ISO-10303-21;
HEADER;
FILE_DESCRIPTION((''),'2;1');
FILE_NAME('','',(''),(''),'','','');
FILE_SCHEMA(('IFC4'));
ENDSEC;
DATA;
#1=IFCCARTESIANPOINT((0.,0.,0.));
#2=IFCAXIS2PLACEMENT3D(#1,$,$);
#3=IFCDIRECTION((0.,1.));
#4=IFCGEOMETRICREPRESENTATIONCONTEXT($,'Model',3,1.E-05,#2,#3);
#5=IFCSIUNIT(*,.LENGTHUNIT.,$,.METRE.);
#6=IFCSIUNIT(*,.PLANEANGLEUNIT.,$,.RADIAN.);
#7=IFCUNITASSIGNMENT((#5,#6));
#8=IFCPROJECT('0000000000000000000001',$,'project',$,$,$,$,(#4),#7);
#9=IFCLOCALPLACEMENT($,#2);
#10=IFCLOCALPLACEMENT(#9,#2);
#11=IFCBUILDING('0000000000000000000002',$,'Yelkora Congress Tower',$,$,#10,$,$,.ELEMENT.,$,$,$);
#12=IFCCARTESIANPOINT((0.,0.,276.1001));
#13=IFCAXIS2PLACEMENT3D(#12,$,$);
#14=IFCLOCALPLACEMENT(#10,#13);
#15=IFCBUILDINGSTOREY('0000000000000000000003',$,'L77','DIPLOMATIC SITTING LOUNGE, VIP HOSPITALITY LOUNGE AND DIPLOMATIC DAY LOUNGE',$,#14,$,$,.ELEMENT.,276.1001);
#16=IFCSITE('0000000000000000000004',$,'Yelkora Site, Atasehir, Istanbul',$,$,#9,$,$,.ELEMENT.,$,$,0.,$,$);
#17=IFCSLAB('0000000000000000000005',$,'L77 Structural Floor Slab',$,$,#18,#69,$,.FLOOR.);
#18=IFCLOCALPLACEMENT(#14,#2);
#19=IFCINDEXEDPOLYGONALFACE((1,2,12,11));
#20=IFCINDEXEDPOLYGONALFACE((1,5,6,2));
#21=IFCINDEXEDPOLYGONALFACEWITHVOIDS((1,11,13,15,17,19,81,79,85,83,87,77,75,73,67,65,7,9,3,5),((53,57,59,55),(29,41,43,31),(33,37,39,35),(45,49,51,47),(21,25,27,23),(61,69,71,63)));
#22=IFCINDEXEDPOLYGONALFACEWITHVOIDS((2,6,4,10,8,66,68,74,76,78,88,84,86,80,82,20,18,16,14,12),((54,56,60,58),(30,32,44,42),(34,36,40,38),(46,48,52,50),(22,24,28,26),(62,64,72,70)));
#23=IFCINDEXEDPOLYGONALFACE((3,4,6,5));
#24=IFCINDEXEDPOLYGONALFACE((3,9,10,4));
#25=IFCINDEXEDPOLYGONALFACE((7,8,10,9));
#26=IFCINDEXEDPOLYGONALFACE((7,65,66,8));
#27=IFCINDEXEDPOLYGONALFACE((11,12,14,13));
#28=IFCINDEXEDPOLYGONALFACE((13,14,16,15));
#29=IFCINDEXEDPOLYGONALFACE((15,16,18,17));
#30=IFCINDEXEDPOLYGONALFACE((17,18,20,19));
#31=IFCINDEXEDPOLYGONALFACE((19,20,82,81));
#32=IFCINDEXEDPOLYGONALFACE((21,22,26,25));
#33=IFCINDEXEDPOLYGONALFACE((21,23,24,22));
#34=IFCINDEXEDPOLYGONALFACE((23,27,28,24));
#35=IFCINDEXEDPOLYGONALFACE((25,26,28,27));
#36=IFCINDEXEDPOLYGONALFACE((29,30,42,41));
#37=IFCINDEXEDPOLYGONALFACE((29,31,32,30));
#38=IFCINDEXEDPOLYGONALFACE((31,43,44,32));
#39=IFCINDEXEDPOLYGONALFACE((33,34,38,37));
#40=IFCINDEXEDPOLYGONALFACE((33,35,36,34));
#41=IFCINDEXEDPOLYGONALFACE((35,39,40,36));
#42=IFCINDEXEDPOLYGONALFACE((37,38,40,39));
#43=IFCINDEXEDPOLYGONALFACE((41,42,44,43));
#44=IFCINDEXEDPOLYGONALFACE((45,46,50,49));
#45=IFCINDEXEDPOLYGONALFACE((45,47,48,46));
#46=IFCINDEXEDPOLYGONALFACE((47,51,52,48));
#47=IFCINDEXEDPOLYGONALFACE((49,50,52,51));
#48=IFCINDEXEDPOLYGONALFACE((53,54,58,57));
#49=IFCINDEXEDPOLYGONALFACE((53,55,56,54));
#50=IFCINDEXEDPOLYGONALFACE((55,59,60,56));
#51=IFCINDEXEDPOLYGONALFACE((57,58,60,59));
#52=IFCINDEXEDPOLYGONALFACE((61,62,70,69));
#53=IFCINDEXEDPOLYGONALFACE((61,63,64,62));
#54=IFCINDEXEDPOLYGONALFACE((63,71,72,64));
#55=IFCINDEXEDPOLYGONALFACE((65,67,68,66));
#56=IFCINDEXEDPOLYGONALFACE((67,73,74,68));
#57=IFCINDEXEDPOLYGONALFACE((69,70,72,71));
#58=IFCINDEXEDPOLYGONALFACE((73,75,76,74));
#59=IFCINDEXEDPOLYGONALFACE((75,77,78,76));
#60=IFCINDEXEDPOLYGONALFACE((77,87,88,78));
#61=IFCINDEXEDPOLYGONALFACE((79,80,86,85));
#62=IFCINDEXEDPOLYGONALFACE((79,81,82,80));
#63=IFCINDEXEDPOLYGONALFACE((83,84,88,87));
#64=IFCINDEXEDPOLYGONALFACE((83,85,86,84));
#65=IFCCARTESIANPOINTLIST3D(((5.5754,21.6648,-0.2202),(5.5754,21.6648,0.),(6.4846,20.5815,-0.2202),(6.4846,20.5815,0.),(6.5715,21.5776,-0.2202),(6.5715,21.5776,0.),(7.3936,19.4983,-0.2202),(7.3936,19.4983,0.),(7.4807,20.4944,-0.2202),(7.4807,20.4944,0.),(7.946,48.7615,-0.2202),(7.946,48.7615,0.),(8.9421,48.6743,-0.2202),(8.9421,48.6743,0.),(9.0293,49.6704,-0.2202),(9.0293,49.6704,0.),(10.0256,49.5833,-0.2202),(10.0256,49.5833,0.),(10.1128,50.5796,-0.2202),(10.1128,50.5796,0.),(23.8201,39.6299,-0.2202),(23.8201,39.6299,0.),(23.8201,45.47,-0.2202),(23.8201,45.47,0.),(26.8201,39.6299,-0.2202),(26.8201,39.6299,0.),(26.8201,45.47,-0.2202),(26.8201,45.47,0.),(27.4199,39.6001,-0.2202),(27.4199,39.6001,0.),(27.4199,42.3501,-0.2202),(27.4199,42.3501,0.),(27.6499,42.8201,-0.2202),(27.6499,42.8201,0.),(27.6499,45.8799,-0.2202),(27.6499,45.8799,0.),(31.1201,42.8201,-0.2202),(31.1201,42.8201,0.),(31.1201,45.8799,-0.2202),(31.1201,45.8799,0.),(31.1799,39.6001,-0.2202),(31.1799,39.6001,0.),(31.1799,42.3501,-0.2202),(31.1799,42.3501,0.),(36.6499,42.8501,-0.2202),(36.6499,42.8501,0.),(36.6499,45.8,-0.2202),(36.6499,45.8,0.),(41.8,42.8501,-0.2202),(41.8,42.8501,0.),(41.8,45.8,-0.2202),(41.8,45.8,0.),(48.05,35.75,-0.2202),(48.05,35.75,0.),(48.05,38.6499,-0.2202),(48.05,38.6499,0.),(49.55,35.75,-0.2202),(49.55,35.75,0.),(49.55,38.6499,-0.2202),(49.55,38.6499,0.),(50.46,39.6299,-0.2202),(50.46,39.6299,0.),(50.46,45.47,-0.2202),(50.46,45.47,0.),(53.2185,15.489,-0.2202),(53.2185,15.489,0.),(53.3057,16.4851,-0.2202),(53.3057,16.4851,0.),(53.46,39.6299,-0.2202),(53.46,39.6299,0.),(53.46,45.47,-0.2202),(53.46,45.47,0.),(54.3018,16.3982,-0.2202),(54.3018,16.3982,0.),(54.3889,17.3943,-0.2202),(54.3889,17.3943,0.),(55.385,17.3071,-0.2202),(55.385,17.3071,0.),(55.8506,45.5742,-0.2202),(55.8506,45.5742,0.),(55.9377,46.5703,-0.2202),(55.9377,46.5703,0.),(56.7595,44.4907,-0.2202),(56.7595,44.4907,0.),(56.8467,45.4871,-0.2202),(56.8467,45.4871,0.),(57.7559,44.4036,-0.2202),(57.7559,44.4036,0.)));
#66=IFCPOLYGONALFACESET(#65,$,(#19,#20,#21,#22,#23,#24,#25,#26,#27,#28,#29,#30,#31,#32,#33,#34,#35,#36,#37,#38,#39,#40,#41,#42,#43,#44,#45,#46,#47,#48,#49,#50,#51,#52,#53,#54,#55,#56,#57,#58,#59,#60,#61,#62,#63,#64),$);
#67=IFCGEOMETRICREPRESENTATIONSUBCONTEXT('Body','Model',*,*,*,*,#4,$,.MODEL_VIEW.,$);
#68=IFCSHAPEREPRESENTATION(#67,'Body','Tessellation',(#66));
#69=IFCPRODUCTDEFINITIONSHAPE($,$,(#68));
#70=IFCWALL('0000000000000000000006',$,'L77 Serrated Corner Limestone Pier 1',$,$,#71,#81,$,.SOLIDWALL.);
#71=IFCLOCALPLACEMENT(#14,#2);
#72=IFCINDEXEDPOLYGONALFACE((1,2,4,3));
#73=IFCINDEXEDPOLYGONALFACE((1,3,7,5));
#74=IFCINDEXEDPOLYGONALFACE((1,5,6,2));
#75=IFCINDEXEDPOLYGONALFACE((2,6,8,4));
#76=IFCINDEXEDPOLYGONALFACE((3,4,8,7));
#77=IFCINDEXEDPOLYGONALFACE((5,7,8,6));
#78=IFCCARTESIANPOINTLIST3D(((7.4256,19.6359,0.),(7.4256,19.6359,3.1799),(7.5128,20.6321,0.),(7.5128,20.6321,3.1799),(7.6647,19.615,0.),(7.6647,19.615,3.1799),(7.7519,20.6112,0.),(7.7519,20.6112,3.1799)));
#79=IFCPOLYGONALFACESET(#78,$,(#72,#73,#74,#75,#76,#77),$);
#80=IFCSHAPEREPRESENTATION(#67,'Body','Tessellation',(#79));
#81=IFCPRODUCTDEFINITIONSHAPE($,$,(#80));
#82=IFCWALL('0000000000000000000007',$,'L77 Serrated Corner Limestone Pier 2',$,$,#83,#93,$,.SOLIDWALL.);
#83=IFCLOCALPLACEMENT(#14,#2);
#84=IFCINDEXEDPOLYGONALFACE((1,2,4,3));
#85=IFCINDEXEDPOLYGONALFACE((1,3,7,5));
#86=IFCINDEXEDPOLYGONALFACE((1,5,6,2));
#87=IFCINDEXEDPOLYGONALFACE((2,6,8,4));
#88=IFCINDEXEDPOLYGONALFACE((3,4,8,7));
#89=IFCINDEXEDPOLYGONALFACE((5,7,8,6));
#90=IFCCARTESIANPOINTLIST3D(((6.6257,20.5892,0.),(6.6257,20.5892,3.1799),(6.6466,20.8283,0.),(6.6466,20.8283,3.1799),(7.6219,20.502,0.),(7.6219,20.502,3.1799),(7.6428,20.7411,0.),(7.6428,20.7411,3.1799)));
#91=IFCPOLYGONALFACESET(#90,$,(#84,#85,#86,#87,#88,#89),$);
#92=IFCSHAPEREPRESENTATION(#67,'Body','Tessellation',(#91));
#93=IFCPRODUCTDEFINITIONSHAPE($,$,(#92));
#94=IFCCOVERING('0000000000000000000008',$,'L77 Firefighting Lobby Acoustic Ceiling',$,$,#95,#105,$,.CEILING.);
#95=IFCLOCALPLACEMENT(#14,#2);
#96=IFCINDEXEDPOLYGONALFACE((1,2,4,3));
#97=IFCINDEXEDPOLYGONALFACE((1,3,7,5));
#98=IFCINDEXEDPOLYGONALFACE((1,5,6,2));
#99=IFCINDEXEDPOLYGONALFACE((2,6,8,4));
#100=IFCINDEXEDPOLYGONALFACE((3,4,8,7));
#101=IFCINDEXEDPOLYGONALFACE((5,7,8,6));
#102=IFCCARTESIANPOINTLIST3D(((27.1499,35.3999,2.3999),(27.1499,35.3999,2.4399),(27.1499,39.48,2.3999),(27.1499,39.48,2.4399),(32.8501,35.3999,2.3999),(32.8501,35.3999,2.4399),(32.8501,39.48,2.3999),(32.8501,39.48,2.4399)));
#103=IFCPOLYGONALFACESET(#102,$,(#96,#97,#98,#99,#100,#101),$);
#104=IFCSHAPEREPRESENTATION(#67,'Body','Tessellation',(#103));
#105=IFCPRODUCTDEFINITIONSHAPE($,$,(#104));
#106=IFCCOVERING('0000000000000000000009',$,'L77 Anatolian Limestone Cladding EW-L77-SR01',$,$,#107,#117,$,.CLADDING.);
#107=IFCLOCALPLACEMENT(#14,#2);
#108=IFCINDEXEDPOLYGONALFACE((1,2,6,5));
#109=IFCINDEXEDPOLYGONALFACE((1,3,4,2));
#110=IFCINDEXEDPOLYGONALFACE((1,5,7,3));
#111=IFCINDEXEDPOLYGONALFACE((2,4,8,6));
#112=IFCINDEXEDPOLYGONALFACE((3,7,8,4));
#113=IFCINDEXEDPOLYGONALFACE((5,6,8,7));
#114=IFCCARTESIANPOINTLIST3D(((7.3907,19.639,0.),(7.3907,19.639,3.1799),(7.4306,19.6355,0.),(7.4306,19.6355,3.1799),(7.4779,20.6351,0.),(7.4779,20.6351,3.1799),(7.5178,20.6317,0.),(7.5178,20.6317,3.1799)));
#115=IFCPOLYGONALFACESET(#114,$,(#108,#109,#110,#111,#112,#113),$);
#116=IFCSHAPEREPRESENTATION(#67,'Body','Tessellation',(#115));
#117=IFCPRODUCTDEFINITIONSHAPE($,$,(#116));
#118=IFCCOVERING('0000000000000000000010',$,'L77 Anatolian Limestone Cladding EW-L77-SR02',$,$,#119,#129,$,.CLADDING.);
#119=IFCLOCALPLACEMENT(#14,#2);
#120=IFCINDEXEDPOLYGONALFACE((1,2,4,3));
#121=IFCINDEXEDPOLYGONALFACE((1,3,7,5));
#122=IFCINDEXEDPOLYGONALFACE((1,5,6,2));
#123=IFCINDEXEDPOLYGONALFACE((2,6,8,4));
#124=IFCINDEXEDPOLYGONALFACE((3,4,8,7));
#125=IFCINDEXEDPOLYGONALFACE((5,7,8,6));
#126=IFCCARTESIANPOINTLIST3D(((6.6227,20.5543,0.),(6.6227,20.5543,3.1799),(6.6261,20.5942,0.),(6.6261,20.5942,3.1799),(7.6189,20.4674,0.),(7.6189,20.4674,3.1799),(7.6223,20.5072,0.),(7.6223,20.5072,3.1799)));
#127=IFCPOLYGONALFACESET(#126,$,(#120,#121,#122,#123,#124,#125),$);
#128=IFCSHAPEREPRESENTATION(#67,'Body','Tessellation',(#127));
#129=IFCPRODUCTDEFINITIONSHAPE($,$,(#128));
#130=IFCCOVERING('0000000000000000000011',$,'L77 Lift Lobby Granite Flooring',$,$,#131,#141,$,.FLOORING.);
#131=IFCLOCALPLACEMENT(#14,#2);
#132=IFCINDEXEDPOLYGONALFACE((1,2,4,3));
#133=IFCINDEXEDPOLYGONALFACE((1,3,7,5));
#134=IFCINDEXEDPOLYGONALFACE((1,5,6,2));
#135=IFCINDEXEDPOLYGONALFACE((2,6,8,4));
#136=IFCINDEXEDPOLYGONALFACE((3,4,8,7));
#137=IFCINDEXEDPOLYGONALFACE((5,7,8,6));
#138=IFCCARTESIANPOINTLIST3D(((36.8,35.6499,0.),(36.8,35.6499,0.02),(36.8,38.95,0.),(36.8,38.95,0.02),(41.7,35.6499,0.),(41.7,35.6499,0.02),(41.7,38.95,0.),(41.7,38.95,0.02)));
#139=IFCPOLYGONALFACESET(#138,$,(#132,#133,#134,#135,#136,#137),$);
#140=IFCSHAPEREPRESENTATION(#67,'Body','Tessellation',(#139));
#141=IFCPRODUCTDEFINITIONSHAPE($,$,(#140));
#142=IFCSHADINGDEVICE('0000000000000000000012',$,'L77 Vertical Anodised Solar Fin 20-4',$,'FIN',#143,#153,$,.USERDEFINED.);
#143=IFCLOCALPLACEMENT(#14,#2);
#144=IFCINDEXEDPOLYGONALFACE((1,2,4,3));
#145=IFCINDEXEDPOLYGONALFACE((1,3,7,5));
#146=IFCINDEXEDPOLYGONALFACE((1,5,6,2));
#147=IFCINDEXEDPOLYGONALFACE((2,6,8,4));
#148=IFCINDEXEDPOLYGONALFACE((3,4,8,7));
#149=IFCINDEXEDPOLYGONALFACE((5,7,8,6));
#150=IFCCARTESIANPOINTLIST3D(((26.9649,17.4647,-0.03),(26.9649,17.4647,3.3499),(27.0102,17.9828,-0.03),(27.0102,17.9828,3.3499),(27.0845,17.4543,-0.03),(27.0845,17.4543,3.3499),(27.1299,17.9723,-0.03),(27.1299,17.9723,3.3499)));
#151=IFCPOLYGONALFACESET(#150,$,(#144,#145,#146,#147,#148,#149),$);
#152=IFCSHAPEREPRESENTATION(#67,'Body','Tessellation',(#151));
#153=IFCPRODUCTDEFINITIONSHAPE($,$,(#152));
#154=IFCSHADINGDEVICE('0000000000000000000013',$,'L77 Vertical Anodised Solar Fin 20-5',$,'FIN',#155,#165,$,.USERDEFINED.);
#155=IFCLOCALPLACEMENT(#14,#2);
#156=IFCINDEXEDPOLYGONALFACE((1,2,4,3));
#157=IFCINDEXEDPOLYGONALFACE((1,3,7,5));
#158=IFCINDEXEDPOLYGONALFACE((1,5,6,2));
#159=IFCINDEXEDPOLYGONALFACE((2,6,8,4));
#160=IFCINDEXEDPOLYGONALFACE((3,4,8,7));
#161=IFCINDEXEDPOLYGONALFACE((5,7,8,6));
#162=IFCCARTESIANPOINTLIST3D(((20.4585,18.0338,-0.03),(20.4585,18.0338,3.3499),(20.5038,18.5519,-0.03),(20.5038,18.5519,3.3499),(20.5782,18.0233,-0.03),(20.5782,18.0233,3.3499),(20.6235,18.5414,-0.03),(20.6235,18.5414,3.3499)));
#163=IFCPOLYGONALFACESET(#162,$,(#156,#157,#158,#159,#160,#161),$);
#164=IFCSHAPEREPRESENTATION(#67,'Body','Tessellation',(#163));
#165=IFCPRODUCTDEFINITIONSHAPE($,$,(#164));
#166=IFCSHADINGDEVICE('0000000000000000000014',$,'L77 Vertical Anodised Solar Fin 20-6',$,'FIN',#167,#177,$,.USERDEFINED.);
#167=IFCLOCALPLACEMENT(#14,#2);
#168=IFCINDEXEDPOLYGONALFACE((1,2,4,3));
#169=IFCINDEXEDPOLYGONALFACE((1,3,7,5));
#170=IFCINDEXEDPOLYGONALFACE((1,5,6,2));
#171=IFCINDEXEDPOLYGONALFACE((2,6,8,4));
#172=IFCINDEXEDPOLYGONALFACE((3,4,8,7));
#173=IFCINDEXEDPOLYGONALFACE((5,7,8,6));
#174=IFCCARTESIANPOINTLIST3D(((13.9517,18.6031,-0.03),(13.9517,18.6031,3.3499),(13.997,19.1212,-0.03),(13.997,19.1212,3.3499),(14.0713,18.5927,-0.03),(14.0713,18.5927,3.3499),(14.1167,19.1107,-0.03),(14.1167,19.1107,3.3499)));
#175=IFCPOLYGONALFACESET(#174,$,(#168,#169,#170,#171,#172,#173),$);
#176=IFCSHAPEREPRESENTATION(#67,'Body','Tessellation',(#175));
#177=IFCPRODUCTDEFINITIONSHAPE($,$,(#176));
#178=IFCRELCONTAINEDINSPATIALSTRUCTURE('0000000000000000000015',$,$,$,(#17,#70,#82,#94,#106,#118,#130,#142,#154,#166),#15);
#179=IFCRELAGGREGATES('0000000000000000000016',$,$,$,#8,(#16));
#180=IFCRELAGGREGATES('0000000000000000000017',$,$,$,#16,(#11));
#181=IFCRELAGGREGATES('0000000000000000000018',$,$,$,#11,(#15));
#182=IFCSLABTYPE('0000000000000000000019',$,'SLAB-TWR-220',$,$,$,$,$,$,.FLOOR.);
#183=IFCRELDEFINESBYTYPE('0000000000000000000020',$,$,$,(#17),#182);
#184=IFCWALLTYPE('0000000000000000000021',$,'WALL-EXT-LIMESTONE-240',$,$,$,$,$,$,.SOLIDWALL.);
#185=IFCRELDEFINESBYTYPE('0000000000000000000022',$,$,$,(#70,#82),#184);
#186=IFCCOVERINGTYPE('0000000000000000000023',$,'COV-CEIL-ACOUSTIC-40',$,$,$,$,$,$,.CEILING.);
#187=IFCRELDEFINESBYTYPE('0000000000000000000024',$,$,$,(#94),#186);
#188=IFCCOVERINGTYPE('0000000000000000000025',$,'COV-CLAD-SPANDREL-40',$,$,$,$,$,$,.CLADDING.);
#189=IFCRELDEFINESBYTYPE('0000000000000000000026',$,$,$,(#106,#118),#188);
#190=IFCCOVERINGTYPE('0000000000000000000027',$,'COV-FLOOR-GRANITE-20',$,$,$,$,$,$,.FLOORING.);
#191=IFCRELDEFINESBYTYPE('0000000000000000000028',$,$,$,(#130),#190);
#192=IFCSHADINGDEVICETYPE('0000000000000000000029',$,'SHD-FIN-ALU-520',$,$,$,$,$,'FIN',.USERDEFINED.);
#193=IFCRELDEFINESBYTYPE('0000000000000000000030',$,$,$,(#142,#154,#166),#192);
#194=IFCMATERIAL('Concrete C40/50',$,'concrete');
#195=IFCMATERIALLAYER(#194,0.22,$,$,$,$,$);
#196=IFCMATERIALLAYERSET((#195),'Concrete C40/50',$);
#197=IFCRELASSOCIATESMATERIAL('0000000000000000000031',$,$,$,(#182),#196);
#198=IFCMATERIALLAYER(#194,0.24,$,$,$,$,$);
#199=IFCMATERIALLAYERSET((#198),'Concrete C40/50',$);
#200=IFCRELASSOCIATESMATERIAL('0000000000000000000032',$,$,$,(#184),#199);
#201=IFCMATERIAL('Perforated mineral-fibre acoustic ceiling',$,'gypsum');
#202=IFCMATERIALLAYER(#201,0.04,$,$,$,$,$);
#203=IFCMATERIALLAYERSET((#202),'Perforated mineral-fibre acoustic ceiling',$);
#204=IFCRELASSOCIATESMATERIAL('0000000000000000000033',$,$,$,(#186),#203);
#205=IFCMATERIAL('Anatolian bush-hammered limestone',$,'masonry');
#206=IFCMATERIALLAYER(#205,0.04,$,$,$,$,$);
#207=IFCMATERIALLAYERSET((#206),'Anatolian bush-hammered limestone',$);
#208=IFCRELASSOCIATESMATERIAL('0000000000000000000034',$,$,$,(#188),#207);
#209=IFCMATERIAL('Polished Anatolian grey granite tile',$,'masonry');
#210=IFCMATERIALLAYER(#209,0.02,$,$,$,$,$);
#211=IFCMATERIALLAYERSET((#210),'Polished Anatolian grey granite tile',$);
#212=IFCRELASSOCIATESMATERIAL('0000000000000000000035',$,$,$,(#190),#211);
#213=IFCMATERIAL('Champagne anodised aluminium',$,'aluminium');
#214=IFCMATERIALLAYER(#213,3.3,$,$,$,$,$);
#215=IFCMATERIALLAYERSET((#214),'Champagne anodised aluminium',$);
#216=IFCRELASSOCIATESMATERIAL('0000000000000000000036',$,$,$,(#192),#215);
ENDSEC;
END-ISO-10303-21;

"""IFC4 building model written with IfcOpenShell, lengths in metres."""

from ifc_helpers import new_model, si_unit, direction, frame, frame_2d, origin, origin_2d, place, context, subcontext, project, spatial, polyline, rectangle, outline, extrude, material, layer, layer_set, type_object, element, save


model = new_model("IFC4")

# Units and contexts
model_context = context("Model", 3, precision=1e-05, world=origin(), true_north=direction((0.0, 1.0)))
body_context = subcontext(model_context, "Body", "Model", "MODEL_VIEW")
ifc_project = project(units=[si_unit("LENGTHUNIT", "METRE"), si_unit("PLANEANGLEUNIT", "RADIAN")], contexts=[model_context])

# Site, building, storey
site_placement = place(None, origin())
site = spatial("IfcSite", under=ifc_project, at=site_placement, Name="Yelkora Site, Atasehir, Istanbul", CompositionType="ELEMENT", RefElevation=0.0)
building_placement = place(site_placement, origin())
building = spatial("IfcBuilding", under=site, at=building_placement, Name="Yelkora Congress Tower", CompositionType="ELEMENT")
storey_placement = place(building_placement, frame((0.0, 0.0, 276.1001)))
storey = spatial("IfcBuildingStorey", under=building, at=storey_placement, Name="L77", Description="DIPLOMATIC SITTING LOUNGE, VIP HOSPITALITY LOUNGE AND DIPLOMATIC DAY LOUNGE", CompositionType="ELEMENT", Elevation=276.1001)

# Shared definitions
ifc_material_1 = material(Name="Concrete C40/50", Category="concrete")

# Slab
ifc_layer_1 = layer(ifc_material_1, 0.22)
ifc_layer_set_1 = layer_set([ifc_layer_1], Name="Concrete C40/50")
slab_type_1 = type_object("IfcSlabType", Name="SLAB-TWR-220", PredefinedType="FLOOR", material=ifc_layer_set_1)
slab_1_placement = place(storey_placement, frame((0.0, 0.0, -0.2202)))
element("IfcSlab", 1, at=slab_1_placement, inside=storey, type_object=slab_type_1, Name="L77 Structural Floor Slab", PredefinedType="FLOOR", context=body_context, shape_type="SweptSolid", body=[
    extrude(outline(polyline([(7.3936, 19.4983), (53.2185, 15.489), (53.3057, 16.4851), (54.3018, 16.3982), (54.3889, 17.3943), (55.385, 17.3071), (57.7559, 44.4036), (56.7595, 44.4907), (56.8467, 45.4871), (55.8506, 45.5742), (55.9377, 46.5703), (10.1128, 50.5796), (10.0256, 49.5833), (9.0293, 49.6704), (8.9421, 48.6743), (7.946, 48.7615), (5.5754, 21.6648), (6.5715, 21.5776), (6.4846, 20.5815), (7.4807, 20.4944), (7.3936, 19.4983)]), holes=[polyline([(23.8201, 39.6299), (26.8201, 39.6299), (26.8201, 45.47), (23.8201, 45.47), (23.8201, 39.6299)]), polyline([(50.46, 39.6299), (53.46, 39.6299), (53.46, 45.47), (50.46, 45.47), (50.46, 39.6299)]), polyline([(48.05, 35.75), (49.55, 35.75), (49.55, 38.6499), (48.05, 38.6499), (48.05, 35.75)]), polyline([(36.6499, 42.8501), (41.8, 42.8501), (41.8, 45.8), (36.6499, 45.8), (36.6499, 42.8501)]), polyline([(27.4199, 39.6001), (31.1799, 39.6001), (31.1799, 42.3501), (27.4199, 42.3501), (27.4199, 39.6001)]), polyline([(27.6499, 42.8201), (31.1201, 42.8201), (31.1201, 45.8799), (27.6499, 45.8799), (27.6499, 42.8201)])]), origin(), (0.0, 0.0, 1.0), 0.2202),
])

# Walls
ifc_layer_2 = layer(ifc_material_1, 0.24)
ifc_layer_set_2 = layer_set([ifc_layer_2], Name="Concrete C40/50")
wall_type = type_object("IfcWallType", Name="WALL-EXT-LIMESTONE-240", PredefinedType="SOLIDWALL", material=ifc_layer_set_2)
for number, where, z_axis, x_axis, name in (
    (2, (7.5452, 19.6255, 0.0), (0.0, 0.0, 1.0), (0.087167, 0.996194, 0.0), "L77 Serrated Corner Limestone Pier 1"),
    (3, (7.6323, 20.6216, 0.0), (0.0, 0.0, 1.0), (-0.996194, 0.087167, 0.0), "L77 Serrated Corner Limestone Pier 2"),
):
    element("IfcWall", number, at=place(storey_placement, frame(where, z_axis=z_axis, x_axis=x_axis)), inside=storey, type_object=wall_type, Name=name, PredefinedType="SOLIDWALL", context=body_context, shape_type="SweptSolid", body=[
        extrude(rectangle(XDim=1.0, YDim=0.24, at=frame_2d((0.5, 0.0))), origin(), (0.0, 0.0, 1.0), 3.1799),
    ])

# Coverings
ifc_material_2 = material(Name="Perforated mineral-fibre acoustic ceiling", Category="gypsum")
ifc_layer_3 = layer(ifc_material_2, 0.04)
ifc_layer_set_3 = layer_set([ifc_layer_3], Name="Perforated mineral-fibre acoustic ceiling")
covering_type_1 = type_object("IfcCoveringType", Name="COV-CEIL-ACOUSTIC-40", PredefinedType="CEILING", material=ifc_layer_set_3)
covering_1_placement = place(storey_placement, frame((0.0, 0.0, 2.3999)))
element("IfcCovering", 4, at=covering_1_placement, inside=storey, type_object=covering_type_1, Name="L77 Firefighting Lobby Acoustic Ceiling", PredefinedType="CEILING", context=body_context, shape_type="SweptSolid", body=[
    extrude(outline(polyline([(27.1499, 35.3999), (32.8501, 35.3999), (32.8501, 39.48), (27.1499, 39.48), (27.1499, 35.3999)])), origin(), (0.0, 0.0, 1.0), 0.04),
])
ifc_material_3 = material(Name="Anatolian bush-hammered limestone", Category="masonry")
ifc_layer_4 = layer(ifc_material_3, 0.04)
ifc_layer_set_4 = layer_set([ifc_layer_4], Name="Anatolian bush-hammered limestone")
covering_type_2 = type_object("IfcCoveringType", Name="COV-CLAD-SPANDREL-40", PredefinedType="CLADDING", material=ifc_layer_set_4)
for number, where, z_axis, x_axis, name in (
    (5, (7.4106, 19.6372, 0.0), (0.0, 0.0, 1.0), (0.087167, 0.996194, 0.0), "L77 Anatolian Limestone Cladding EW-L77-SR01"),
    (6, (7.6206, 20.4873, 0.0), (0.0, 0.0, 1.0), (-0.996215, 0.086925, 0.0), "L77 Anatolian Limestone Cladding EW-L77-SR02"),
):
    element("IfcCovering", number, at=place(storey_placement, frame(where, z_axis=z_axis, x_axis=x_axis)), inside=storey, type_object=covering_type_2, Name=name, PredefinedType="CLADDING", context=body_context, shape_type="SweptSolid", body=[
        extrude(rectangle(XDim=1.0, YDim=0.04, at=frame_2d((0.5, 0.0))), origin(), (0.0, 0.0, 1.0), 3.1799),
    ])
ifc_material_4 = material(Name="Polished Anatolian grey granite tile", Category="masonry")
ifc_layer_5 = layer(ifc_material_4, 0.02)
ifc_layer_set_5 = layer_set([ifc_layer_5], Name="Polished Anatolian grey granite tile")
covering_type_3 = type_object("IfcCoveringType", Name="COV-FLOOR-GRANITE-20", PredefinedType="FLOORING", material=ifc_layer_set_5)
covering_2_placement = place(storey_placement, origin())
element("IfcCovering", 7, at=covering_2_placement, inside=storey, type_object=covering_type_3, Name="L77 Lift Lobby Granite Flooring", PredefinedType="FLOORING", context=body_context, shape_type="SweptSolid", body=[
    extrude(outline(polyline([(36.8, 35.6499), (41.7, 35.6499), (41.7, 38.95), (36.8, 38.95), (36.8, 35.6499)])), origin(), (0.0, 0.0, 1.0), 0.02),
])

# Shading devices
ifc_material_5 = material(Name="Champagne anodised aluminium", Category="aluminium")
ifc_layer_6 = layer(ifc_material_5, 3.3)
ifc_layer_set_6 = layer_set([ifc_layer_6], Name="Champagne anodised aluminium")
shading_device_type = type_object("IfcShadingDeviceType", Name="SHD-FIN-ALU-520", ElementType="FIN", PredefinedType="USERDEFINED", material=ifc_layer_set_6)
for number, where, z_axis, x_axis, name in (
    (8, (27.0474, 17.7185, -0.03), (0.0, 0.0, 1.0), (-0.996195, 0.087156, 0.0), "L77 Vertical Anodised Solar Fin 20-4"),
    (9, (20.541, 18.2876, -0.03), (0.0, 0.0, 1.0), (-0.996195, 0.087156, 0.0), "L77 Vertical Anodised Solar Fin 20-5"),
    (10, (14.0342, 18.8569, -0.03), (0.0, 0.0, 1.0), (-0.996195, 0.087156, 0.0), "L77 Vertical Anodised Solar Fin 20-6"),
):
    element("IfcShadingDevice", number, at=place(storey_placement, frame(where, z_axis=z_axis, x_axis=x_axis)), inside=storey, type_object=shading_device_type, Name=name, ObjectType="FIN", PredefinedType="USERDEFINED", context=body_context, shape_type="SweptSolid", body=[
        extrude(rectangle(XDim=0.1201, YDim=0.52, at=origin_2d()), origin(), (0.0, 0.0, 1.0), 3.3799),
    ])

save(model, "model.ifc")
